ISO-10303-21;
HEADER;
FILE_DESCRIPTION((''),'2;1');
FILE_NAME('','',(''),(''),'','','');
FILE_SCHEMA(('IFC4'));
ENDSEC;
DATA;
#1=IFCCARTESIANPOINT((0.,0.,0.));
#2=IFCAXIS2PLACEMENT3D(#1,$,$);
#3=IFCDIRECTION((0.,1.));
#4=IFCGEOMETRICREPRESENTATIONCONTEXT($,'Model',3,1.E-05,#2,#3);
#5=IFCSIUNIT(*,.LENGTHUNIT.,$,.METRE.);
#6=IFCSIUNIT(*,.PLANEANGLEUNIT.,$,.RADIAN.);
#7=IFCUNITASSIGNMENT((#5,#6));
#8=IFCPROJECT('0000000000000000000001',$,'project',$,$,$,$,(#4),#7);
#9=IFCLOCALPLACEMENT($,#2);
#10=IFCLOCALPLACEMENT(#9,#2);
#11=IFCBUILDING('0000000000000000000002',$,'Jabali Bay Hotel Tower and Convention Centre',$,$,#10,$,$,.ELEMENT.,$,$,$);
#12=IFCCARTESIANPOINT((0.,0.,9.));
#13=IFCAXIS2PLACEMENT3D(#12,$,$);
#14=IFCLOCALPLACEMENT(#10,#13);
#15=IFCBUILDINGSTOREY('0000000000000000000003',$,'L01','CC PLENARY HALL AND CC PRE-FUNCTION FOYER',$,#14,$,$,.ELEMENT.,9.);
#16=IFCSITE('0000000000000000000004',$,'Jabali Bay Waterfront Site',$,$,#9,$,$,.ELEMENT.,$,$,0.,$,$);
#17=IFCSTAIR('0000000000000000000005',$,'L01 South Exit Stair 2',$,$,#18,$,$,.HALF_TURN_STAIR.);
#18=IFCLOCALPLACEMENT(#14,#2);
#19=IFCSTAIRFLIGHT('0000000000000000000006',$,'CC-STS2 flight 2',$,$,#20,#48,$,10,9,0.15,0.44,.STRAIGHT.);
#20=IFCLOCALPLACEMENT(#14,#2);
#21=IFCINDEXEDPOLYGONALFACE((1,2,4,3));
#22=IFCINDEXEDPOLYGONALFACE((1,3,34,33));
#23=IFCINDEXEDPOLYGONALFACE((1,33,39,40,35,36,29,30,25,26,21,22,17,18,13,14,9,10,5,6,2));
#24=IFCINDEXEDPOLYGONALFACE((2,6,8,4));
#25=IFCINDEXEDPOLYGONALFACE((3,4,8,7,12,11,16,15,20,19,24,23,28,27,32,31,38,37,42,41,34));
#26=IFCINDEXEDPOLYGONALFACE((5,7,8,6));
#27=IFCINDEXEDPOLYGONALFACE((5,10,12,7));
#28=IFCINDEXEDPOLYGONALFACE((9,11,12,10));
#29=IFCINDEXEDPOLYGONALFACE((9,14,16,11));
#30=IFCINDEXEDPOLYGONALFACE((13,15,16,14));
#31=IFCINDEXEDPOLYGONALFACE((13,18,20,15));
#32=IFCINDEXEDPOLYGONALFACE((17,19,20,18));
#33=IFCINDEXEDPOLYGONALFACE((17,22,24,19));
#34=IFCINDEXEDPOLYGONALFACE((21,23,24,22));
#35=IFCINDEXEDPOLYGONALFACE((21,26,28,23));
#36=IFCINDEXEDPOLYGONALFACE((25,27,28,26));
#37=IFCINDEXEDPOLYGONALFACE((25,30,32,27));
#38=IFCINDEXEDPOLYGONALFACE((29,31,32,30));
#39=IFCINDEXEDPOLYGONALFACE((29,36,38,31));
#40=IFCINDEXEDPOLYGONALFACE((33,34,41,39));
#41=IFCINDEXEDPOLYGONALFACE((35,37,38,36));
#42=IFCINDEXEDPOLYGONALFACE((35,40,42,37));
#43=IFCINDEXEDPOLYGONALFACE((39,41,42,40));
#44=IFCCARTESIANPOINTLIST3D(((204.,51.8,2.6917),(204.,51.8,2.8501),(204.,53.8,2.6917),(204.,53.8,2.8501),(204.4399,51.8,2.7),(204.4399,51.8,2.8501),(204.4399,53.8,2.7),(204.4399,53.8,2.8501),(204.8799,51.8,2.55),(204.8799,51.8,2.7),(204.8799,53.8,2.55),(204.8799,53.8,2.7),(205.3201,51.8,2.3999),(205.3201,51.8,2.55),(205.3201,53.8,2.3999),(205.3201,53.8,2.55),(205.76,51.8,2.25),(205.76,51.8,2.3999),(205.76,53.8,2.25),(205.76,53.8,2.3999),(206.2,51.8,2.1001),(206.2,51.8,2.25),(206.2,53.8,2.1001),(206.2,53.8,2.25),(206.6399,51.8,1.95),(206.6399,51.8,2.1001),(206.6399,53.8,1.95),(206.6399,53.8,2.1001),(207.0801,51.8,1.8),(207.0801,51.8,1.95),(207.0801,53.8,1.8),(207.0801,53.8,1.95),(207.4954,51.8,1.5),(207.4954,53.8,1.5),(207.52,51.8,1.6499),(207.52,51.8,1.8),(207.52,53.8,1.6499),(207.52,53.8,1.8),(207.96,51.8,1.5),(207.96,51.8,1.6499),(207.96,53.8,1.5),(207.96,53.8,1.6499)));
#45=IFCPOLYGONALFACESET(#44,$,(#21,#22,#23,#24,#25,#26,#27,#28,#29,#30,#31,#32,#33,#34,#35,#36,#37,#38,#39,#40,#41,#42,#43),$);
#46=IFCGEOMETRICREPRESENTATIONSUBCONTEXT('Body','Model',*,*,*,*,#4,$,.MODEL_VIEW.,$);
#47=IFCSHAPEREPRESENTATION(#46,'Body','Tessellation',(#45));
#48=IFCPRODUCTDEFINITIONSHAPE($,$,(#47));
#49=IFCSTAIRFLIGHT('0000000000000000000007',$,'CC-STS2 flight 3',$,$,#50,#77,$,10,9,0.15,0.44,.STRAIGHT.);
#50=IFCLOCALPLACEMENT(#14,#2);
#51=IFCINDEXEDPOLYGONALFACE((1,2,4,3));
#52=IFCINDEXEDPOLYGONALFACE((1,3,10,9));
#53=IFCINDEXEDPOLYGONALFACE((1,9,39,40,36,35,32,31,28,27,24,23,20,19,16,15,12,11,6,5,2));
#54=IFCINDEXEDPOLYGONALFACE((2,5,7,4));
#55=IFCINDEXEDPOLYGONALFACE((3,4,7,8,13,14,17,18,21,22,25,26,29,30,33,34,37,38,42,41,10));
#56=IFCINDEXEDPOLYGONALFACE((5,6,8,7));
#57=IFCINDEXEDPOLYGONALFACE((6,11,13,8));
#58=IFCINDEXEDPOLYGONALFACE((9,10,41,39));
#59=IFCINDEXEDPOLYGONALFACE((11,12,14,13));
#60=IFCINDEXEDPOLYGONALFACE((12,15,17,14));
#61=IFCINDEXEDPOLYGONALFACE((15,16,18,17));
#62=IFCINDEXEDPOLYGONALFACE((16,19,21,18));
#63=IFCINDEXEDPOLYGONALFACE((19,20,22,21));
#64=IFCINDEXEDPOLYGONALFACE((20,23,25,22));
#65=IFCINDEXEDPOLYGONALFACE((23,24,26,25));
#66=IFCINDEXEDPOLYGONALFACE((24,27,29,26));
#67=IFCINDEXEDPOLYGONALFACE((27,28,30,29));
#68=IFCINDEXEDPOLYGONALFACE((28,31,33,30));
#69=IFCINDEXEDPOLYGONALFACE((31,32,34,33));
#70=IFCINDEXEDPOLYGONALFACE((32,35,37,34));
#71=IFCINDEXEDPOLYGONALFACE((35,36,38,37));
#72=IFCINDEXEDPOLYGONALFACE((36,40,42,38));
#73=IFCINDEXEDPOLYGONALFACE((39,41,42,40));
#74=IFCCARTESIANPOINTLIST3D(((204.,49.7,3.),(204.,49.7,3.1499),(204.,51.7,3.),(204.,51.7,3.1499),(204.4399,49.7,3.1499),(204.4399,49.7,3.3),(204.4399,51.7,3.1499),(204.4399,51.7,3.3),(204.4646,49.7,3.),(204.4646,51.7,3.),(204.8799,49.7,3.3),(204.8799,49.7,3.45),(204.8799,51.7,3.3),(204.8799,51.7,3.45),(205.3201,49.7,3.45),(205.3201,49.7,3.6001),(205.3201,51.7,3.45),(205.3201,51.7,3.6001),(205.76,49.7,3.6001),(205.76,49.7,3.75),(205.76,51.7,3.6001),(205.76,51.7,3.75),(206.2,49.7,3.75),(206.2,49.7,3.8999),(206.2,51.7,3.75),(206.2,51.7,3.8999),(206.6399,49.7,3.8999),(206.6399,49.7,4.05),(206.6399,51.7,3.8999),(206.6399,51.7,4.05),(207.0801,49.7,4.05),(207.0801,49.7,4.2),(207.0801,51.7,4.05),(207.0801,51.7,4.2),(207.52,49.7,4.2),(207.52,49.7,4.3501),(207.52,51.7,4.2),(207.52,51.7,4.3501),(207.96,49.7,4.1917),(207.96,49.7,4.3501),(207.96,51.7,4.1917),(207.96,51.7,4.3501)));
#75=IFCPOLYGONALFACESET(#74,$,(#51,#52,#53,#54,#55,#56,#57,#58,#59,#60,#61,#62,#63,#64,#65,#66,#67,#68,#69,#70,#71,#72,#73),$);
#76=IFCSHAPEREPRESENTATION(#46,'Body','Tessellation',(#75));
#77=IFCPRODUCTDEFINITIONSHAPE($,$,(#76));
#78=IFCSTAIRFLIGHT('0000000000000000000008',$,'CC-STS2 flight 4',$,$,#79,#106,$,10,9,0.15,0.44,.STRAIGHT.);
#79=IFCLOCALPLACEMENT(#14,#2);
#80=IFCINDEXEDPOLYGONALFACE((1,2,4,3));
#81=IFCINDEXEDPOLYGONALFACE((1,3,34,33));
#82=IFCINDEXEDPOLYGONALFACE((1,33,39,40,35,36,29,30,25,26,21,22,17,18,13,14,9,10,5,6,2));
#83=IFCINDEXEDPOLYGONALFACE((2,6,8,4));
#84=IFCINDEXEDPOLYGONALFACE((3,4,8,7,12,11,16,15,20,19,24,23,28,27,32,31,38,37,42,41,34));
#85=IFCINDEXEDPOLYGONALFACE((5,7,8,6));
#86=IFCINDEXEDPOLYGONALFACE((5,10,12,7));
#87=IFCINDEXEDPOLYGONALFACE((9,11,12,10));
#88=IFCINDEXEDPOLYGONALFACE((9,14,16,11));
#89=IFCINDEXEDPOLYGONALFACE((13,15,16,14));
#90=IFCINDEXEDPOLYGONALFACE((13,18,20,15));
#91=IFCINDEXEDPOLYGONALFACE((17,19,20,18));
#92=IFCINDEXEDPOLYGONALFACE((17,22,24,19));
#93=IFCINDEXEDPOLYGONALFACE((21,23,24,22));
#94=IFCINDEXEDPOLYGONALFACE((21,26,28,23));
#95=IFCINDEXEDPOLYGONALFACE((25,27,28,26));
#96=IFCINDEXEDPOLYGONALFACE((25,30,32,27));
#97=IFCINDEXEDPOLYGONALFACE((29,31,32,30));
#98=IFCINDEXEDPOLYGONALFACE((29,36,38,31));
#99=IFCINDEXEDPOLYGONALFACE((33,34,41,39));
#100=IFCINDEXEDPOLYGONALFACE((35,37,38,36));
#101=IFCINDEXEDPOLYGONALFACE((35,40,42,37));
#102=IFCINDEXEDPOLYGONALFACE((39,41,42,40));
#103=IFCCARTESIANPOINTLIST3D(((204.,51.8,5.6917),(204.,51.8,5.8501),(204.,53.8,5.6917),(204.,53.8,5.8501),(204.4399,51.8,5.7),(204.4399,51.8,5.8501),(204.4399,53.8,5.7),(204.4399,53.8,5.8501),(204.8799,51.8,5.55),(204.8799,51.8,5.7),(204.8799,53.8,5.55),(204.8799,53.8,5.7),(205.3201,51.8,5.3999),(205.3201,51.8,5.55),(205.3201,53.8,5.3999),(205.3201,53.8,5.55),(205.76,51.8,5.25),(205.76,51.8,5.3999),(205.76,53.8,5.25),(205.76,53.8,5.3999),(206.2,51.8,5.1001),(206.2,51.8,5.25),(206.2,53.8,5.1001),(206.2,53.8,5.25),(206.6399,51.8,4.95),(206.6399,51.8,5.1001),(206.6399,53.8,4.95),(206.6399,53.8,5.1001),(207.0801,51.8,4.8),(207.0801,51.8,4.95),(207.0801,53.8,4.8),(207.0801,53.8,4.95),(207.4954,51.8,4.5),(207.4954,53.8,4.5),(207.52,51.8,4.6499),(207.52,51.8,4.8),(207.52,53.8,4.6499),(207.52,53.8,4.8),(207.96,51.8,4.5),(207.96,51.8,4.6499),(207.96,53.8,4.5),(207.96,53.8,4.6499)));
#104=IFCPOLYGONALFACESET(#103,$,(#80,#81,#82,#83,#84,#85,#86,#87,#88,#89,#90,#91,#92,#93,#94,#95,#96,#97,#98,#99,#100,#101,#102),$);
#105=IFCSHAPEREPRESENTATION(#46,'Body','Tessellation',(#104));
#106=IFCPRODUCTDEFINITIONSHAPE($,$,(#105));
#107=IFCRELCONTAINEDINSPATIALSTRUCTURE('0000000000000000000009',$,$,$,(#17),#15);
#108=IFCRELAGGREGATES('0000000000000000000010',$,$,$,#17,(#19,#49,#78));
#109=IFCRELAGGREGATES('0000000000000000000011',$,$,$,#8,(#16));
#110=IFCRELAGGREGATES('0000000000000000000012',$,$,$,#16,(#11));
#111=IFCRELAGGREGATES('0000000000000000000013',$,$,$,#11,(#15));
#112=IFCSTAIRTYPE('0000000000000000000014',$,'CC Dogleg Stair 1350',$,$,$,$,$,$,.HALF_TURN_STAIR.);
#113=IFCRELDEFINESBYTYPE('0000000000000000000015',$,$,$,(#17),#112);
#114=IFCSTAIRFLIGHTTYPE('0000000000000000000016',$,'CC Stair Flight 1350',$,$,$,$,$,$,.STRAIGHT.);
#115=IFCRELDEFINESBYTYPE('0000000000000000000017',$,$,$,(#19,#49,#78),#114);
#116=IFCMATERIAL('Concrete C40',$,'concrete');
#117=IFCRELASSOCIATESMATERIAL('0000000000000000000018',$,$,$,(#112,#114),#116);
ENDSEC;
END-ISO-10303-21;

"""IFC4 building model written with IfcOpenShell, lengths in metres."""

from ifc_helpers import new_model, si_unit, direction, frame, origin, place, context, subcontext, project, spatial, polyline, outline, extrude, material, type_object, element, aggregate, save


model = new_model("IFC4")

# Units and contexts
model_context = context("Model", 3, precision=1e-05, world=origin(), true_north=direction((0.0, 1.0)))
body_context = subcontext(model_context, "Body", "Model", "MODEL_VIEW")
ifc_project = project(units=[si_unit("LENGTHUNIT", "METRE"), si_unit("PLANEANGLEUNIT", "RADIAN")], contexts=[model_context])

# Site, building, storey
site_placement = place(None, origin())
site = spatial("IfcSite", under=ifc_project, at=site_placement, Name="Jabali Bay Waterfront Site", CompositionType="ELEMENT", RefElevation=0.0)
building_placement = place(site_placement, origin())
building = spatial("IfcBuilding", under=site, at=building_placement, Name="Jabali Bay Hotel Tower and Convention Centre", CompositionType="ELEMENT")
storey_placement = place(building_placement, frame((0.0, 0.0, 9.0)))
storey = spatial("IfcBuildingStorey", under=building, at=storey_placement, Name="L01", Description="CC PLENARY HALL AND CC PRE-FUNCTION FOYER", CompositionType="ELEMENT", Elevation=9.0)

# Shared definitions
ifc_material_1 = material(Name="Concrete C40", Category="concrete")

# Stair, stair flights
stair_type = type_object("IfcStairType", Name="CC Dogleg Stair 1350", PredefinedType="HALF_TURN_STAIR", material=ifc_material_1)
stair_placement = place(storey_placement, origin())
stair = element("IfcStair", 1, at=stair_placement, inside=storey, type_object=stair_type, Name="L01 South Exit Stair 2", PredefinedType="HALF_TURN_STAIR")
stair_flight_type = type_object("IfcStairFlightType", Name="CC Stair Flight 1350", PredefinedType="STRAIGHT", material=ifc_material_1)
stair_flight_1_placement = place(storey_placement, frame((207.96, 52.8, 1.5), z_axis=(0.0, 0.0, 1.0), x_axis=(-1.0, 0.0, 0.0)))
stair_flight_1 = element("IfcStairFlight", 2, at=stair_flight_1_placement, type_object=stair_flight_type, Name="CC-STS2 flight 2", NumberOfRisers=10, NumberOfTreads=9, PredefinedType="STRAIGHT", RiserHeight=0.15, TreadLength=0.44, context=body_context, shape_type="SweptSolid", body=[
    extrude(outline(polyline([(0.0, 0.0), (0.0, 0.1499), (0.4399, 0.1499), (0.4399, 0.3), (0.8799, 0.3), (0.8799, 0.45), (1.3201, 0.45), (1.3201, 0.6001), (1.76, 0.6001), (1.76, 0.75), (2.2, 0.75), (2.2, 0.8999), (2.6399, 0.8999), (2.6399, 1.05), (3.0801, 1.05), (3.0801, 1.2), (3.52, 1.2), (3.52, 1.3501), (3.96, 1.3501), (3.96, 1.5), (3.96, 1.1917), (0.4646, 0.0), (0.0, 0.0)])), frame((0.0, 1.0, 0.0), z_axis=(0.0, -1.0, 0.0), x_axis=(1.0, 0.0, 0.0)), (0.0, 0.0, 1.0), 2.0),
])
stair_flight_2_placement = place(storey_placement, frame((204.0, 50.7, 3.0), z_axis=(0.0, 0.0, 1.0), x_axis=(1.0, 0.0, 0.0)))
stair_flight_2 = element("IfcStairFlight", 3, at=stair_flight_2_placement, type_object=stair_flight_type, Name="CC-STS2 flight 3", NumberOfRisers=10, NumberOfTreads=9, PredefinedType="STRAIGHT", RiserHeight=0.15, TreadLength=0.44, context=body_context, shape_type="SweptSolid", body=[
    extrude(outline(polyline([(0.0, 0.0), (0.0, 0.1499), (0.4399, 0.1499), (0.4399, 0.3), (0.8799, 0.3), (0.8799, 0.45), (1.3201, 0.45), (1.3201, 0.6001), (1.76, 0.6001), (1.76, 0.75), (2.2, 0.75), (2.2, 0.8999), (2.6399, 0.8999), (2.6399, 1.05), (3.0801, 1.05), (3.0801, 1.2), (3.52, 1.2), (3.52, 1.3501), (3.96, 1.3501), (3.96, 1.5), (3.96, 1.1917), (0.4646, 0.0), (0.0, 0.0)])), frame((0.0, 1.0, 0.0), z_axis=(0.0, -1.0, 0.0), x_axis=(1.0, 0.0, 0.0)), (0.0, 0.0, 1.0), 2.0),
])
stair_flight_3_placement = place(storey_placement, frame((207.96, 52.8, 4.5), z_axis=(0.0, 0.0, 1.0), x_axis=(-1.0, 0.0, 0.0)))
stair_flight_3 = element("IfcStairFlight", 4, at=stair_flight_3_placement, type_object=stair_flight_type, Name="CC-STS2 flight 4", NumberOfRisers=10, NumberOfTreads=9, PredefinedType="STRAIGHT", RiserHeight=0.15, TreadLength=0.44, context=body_context, shape_type="SweptSolid", body=[
    extrude(outline(polyline([(0.0, 0.0), (0.0, 0.1499), (0.4399, 0.1499), (0.4399, 0.3), (0.8799, 0.3), (0.8799, 0.45), (1.3201, 0.45), (1.3201, 0.6001), (1.76, 0.6001), (1.76, 0.75), (2.2, 0.75), (2.2, 0.8999), (2.6399, 0.8999), (2.6399, 1.05), (3.0801, 1.05), (3.0801, 1.2), (3.52, 1.2), (3.52, 1.3501), (3.96, 1.3501), (3.96, 1.5), (3.96, 1.1917), (0.4646, 0.0), (0.0, 0.0)])), frame((0.0, 1.0, 0.0), z_axis=(0.0, -1.0, 0.0), x_axis=(1.0, 0.0, 0.0)), (0.0, 0.0, 1.0), 2.0),
])
aggregate(stair, [stair_flight_1, stair_flight_2, stair_flight_3])

save(model, "model.ifc")
